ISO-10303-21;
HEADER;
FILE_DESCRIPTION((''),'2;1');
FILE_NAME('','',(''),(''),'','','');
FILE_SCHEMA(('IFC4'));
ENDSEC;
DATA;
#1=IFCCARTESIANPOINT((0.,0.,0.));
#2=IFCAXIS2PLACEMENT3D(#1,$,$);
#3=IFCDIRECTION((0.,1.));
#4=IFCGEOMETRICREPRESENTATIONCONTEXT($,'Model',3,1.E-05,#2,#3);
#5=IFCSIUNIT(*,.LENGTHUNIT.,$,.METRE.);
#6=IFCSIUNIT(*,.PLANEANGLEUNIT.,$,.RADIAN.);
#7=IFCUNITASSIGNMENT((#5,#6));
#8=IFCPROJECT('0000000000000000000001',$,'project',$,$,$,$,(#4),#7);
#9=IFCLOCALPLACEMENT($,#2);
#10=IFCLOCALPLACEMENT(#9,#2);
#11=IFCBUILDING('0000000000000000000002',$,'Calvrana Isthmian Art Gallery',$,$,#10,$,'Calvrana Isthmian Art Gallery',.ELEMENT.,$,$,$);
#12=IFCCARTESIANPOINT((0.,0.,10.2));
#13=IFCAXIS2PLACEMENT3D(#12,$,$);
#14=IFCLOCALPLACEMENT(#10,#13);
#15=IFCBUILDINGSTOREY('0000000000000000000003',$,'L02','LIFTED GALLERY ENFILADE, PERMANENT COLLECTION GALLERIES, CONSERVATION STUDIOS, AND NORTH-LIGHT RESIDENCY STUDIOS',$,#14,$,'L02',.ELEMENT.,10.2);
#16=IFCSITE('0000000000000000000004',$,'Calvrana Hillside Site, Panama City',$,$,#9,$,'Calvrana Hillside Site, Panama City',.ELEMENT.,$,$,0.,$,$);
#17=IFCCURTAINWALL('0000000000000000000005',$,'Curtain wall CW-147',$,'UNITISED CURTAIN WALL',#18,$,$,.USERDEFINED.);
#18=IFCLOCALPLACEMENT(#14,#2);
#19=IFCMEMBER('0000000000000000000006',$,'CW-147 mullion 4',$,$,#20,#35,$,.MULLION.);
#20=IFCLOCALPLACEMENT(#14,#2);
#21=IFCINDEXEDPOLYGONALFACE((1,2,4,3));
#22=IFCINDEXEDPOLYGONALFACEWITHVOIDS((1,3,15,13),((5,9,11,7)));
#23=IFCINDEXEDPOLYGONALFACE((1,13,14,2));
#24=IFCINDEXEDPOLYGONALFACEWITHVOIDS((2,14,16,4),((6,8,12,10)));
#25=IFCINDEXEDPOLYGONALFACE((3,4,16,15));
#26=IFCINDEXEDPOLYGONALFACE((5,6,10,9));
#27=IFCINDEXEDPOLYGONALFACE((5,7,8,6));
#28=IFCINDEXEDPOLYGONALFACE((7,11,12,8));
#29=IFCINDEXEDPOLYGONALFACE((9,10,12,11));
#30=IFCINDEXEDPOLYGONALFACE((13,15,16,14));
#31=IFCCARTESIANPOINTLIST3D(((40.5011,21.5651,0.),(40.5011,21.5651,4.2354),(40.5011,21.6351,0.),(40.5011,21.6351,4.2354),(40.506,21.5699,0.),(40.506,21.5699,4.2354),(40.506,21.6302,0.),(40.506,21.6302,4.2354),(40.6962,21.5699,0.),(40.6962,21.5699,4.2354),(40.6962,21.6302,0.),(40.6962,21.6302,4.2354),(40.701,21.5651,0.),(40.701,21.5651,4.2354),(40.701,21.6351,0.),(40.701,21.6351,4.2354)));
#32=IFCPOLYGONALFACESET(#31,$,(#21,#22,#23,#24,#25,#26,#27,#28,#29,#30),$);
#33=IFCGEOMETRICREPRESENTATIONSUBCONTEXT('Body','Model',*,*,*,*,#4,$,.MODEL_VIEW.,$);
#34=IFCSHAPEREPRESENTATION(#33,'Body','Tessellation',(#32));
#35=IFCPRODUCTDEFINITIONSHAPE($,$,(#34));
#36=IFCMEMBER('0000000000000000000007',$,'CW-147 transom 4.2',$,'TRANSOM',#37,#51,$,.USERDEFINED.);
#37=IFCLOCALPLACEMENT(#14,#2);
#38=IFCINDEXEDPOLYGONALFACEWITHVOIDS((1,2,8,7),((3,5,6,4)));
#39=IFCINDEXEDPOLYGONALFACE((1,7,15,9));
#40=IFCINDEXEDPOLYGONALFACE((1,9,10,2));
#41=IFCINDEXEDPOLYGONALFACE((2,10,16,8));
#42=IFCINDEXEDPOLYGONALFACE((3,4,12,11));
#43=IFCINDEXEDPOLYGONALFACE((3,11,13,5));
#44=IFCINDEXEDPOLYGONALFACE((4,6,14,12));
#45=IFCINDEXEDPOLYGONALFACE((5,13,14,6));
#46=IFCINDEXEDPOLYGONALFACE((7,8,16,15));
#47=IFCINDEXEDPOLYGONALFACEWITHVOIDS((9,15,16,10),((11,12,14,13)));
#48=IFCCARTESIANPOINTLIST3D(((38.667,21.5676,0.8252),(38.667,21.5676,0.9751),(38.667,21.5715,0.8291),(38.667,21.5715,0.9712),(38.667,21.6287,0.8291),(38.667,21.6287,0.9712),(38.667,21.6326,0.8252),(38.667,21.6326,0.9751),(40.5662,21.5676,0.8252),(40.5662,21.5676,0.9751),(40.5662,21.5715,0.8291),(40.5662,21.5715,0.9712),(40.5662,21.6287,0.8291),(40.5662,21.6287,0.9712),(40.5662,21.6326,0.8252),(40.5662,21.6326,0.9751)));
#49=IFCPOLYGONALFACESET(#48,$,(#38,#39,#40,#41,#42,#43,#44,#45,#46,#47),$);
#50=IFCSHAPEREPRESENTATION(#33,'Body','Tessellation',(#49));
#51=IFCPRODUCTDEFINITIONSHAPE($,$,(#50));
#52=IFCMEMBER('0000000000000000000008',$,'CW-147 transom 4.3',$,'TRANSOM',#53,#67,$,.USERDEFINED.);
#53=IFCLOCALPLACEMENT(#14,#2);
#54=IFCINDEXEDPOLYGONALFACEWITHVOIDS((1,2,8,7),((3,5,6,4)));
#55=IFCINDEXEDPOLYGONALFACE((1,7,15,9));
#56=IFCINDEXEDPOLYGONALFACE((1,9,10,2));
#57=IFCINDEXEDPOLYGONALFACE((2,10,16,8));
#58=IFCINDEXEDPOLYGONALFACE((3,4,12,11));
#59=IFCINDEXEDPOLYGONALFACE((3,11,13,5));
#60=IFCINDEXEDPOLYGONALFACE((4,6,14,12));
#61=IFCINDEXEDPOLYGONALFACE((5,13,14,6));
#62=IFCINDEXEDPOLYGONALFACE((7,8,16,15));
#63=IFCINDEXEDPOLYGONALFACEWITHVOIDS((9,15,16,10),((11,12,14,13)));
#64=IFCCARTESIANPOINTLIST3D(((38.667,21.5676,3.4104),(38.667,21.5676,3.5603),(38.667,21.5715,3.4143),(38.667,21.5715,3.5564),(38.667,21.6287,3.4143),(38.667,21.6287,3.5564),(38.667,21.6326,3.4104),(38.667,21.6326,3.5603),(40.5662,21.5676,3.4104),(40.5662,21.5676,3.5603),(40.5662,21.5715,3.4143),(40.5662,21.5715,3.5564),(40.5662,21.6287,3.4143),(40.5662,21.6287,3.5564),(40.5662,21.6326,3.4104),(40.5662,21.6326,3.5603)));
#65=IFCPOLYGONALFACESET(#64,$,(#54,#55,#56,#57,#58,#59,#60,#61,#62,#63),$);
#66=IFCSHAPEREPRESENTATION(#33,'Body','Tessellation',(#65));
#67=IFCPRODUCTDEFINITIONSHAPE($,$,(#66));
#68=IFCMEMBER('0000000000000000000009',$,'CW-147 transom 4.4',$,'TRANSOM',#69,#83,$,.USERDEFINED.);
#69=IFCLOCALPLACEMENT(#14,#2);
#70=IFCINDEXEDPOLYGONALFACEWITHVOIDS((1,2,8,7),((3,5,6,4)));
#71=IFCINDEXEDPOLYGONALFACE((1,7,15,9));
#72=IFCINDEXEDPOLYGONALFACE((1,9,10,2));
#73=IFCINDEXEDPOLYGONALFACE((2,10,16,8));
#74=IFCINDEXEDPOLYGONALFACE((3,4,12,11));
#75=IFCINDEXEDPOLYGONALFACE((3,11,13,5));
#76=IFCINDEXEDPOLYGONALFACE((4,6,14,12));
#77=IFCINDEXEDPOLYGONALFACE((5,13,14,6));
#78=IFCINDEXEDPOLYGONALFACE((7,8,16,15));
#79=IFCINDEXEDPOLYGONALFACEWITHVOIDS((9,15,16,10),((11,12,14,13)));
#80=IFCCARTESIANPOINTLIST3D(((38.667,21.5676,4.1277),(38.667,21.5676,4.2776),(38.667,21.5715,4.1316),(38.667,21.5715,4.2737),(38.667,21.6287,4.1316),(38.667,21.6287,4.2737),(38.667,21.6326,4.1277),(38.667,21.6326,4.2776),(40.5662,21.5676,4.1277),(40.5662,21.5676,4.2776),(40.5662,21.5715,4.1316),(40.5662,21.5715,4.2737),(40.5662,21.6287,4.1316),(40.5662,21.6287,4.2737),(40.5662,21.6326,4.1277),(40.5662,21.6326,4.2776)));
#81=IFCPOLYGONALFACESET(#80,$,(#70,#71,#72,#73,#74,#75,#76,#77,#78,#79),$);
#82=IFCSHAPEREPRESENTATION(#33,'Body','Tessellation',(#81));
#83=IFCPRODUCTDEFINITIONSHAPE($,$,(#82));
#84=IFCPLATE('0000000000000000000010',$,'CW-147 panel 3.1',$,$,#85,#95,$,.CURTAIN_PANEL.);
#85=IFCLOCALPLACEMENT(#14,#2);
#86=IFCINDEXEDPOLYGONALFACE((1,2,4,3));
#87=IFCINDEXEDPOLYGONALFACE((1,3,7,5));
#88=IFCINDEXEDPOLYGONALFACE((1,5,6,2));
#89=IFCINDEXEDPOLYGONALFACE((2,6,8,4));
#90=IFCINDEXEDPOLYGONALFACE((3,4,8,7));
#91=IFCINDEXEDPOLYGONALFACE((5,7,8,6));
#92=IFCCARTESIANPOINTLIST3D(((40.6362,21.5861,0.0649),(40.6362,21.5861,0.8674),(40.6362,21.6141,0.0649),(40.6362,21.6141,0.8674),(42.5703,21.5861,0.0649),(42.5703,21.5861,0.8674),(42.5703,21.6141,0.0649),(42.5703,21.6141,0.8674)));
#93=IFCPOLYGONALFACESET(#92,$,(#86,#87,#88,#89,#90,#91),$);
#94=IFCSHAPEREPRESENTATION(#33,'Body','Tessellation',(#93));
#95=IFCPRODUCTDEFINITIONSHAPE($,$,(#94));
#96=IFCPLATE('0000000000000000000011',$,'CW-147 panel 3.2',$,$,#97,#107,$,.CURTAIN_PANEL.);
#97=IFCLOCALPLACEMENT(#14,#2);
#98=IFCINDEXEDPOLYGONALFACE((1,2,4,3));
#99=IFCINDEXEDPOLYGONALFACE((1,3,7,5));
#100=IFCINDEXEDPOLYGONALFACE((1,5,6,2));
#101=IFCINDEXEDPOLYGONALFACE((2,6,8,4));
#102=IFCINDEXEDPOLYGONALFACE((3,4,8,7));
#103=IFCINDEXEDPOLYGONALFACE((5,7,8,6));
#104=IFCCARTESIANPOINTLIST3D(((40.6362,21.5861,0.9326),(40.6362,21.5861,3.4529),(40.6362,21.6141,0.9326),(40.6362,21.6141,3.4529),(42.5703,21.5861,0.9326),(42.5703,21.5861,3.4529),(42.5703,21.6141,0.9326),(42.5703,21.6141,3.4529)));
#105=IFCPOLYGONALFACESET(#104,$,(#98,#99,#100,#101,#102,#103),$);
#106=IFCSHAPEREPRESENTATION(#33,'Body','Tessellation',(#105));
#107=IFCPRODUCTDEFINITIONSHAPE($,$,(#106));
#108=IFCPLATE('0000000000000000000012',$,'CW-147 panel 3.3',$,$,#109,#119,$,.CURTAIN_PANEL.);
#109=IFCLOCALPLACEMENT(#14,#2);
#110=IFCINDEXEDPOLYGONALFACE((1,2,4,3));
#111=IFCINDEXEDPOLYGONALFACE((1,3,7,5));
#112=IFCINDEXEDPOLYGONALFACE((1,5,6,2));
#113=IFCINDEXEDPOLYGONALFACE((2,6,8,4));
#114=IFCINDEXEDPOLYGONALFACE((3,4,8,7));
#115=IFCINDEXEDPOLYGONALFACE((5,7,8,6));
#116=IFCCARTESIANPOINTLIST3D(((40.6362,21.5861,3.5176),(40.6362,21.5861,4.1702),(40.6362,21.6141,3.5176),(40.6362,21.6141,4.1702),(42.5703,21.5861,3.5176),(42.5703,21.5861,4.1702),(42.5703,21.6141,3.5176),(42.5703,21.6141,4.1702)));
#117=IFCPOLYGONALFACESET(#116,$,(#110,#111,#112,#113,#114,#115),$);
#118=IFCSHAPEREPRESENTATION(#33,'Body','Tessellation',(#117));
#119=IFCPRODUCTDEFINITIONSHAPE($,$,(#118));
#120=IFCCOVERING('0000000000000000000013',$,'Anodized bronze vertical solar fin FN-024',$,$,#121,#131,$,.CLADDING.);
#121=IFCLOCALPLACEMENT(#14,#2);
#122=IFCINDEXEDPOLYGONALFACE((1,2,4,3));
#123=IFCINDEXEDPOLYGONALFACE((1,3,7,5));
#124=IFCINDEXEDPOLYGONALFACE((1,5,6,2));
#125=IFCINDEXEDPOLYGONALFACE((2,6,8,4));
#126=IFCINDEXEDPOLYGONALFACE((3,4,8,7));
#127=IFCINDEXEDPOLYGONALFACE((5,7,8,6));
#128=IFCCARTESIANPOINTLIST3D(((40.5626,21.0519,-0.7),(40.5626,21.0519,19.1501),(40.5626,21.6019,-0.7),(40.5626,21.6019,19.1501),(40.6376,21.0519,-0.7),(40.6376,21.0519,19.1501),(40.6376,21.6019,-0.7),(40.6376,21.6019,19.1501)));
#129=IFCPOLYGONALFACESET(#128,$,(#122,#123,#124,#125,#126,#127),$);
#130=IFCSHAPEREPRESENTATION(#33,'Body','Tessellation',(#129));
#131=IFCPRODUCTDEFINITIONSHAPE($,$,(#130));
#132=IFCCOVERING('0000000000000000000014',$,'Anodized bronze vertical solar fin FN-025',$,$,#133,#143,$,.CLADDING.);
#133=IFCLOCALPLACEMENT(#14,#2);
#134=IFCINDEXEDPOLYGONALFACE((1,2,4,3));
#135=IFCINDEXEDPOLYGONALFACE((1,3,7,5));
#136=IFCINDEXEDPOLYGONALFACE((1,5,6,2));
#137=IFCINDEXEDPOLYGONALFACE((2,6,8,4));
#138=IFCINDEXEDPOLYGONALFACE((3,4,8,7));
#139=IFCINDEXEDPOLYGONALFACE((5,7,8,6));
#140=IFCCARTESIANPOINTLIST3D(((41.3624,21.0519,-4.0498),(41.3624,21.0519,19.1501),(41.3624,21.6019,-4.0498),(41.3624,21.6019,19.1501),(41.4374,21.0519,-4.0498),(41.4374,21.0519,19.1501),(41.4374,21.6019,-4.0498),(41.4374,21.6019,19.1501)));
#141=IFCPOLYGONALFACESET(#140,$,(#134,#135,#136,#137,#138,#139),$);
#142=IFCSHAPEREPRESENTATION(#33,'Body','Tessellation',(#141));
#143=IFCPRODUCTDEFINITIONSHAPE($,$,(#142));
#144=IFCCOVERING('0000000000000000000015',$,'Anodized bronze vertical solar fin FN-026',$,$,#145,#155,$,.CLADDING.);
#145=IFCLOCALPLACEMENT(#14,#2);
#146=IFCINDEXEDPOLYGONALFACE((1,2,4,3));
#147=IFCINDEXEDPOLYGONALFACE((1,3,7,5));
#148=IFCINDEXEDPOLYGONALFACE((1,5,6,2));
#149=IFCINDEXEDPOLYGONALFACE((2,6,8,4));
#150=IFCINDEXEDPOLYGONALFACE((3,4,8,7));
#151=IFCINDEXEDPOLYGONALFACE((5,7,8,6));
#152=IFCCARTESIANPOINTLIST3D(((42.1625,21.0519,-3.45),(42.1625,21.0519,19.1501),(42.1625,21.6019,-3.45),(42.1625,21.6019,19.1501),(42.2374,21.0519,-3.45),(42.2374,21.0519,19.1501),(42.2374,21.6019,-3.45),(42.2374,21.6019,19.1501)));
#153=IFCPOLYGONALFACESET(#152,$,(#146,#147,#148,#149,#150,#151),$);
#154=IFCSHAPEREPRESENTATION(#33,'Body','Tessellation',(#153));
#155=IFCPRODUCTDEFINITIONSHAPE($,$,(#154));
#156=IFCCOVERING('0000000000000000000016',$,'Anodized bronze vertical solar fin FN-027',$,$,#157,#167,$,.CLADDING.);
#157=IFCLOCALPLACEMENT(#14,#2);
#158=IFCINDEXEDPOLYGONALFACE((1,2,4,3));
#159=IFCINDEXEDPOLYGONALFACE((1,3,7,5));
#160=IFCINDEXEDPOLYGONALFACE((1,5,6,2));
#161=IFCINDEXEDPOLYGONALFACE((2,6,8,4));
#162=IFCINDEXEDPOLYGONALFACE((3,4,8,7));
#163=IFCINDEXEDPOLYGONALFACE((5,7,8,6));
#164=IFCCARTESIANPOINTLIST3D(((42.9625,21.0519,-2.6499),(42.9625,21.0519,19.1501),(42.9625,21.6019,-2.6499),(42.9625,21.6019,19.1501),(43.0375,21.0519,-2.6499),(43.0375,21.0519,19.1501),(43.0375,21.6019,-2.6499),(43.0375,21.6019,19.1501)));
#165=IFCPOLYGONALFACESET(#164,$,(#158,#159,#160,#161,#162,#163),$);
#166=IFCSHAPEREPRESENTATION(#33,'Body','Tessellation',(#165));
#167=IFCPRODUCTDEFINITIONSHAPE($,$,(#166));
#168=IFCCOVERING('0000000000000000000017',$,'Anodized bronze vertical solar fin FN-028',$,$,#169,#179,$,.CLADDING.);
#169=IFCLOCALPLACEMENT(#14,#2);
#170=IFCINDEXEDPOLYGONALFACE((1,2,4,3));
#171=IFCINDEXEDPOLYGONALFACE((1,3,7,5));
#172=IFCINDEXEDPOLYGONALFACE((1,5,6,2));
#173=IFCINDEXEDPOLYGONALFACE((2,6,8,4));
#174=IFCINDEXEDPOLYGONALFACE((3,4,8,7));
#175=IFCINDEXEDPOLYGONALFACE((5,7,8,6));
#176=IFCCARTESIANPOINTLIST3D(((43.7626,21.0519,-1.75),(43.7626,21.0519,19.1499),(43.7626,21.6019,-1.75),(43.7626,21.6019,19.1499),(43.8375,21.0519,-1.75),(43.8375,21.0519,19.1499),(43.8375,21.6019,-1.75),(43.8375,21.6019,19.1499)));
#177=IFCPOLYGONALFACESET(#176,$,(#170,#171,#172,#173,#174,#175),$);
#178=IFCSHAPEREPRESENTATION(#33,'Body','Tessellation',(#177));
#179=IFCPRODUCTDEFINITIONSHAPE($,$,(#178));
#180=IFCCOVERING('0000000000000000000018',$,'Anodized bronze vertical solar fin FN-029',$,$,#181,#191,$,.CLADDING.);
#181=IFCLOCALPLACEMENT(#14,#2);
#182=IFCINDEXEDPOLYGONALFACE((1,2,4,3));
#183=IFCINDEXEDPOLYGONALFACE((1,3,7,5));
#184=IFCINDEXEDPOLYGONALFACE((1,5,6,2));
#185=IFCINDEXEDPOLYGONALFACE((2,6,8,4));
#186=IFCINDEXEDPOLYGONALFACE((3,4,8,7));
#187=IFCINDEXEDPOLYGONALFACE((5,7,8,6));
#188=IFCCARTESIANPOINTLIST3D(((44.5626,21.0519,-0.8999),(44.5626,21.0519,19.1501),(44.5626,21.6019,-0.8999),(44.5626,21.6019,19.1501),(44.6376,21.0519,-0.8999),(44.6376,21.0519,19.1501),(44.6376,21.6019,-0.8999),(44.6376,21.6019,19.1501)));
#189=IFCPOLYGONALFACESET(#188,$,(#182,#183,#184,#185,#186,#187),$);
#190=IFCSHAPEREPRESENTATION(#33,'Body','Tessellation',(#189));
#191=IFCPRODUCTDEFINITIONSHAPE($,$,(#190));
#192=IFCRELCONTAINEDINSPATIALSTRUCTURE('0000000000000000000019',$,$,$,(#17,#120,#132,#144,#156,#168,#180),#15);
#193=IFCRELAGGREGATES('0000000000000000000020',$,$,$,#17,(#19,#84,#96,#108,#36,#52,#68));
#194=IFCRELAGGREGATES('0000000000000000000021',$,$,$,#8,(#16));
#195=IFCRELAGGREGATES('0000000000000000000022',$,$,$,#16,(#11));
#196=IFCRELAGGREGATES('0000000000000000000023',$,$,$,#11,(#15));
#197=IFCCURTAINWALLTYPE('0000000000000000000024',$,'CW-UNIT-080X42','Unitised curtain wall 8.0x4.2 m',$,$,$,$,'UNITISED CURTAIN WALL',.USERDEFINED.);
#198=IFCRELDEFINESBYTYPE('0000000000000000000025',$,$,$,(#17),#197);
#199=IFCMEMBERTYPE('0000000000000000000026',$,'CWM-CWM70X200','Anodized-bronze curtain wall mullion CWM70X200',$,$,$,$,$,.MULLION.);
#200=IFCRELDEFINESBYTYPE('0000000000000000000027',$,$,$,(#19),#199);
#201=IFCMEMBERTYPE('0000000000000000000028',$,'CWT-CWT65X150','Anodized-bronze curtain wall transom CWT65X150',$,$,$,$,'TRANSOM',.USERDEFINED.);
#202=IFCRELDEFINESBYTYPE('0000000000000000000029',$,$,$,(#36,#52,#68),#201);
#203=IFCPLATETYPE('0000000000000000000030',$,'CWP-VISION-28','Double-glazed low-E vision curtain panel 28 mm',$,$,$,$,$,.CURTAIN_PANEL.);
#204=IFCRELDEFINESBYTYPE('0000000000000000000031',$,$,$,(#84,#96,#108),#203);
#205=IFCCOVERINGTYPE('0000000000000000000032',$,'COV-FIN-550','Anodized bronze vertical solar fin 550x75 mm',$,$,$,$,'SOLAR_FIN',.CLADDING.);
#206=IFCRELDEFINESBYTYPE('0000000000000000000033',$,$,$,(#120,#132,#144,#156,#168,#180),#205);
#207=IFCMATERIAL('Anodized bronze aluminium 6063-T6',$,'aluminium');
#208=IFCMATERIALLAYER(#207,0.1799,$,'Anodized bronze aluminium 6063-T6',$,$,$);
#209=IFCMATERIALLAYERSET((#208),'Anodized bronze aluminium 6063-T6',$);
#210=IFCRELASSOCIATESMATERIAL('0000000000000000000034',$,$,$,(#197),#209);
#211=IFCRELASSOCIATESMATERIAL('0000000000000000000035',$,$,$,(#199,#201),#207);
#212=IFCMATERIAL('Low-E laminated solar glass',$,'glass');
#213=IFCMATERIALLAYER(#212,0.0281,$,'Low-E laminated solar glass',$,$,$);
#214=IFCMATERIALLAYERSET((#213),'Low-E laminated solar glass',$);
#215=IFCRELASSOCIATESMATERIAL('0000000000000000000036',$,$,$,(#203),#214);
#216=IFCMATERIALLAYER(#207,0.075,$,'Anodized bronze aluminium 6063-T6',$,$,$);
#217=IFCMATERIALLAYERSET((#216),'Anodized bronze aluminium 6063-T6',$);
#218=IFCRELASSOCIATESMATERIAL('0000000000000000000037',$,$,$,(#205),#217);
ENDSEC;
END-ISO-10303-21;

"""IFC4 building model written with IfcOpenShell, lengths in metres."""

from ifc_helpers import new_model, si_unit, direction, frame, origin, origin_2d, place, context, subcontext, project, spatial, rectangle, hollow_rectangle, extrude, material, layer, layer_set, material_profile, profile_set, type_object, element, aggregate, save


model = new_model("IFC4")

# Units and contexts
model_context = context("Model", 3, precision=1e-05, world=origin(), true_north=direction((0.0, 1.0)))
body_context = subcontext(model_context, "Body", "Model", "MODEL_VIEW")
ifc_project = project(units=[si_unit("LENGTHUNIT", "METRE"), si_unit("PLANEANGLEUNIT", "RADIAN")], contexts=[model_context])

# Site, building, storey
site_placement = place(None, origin())
site = spatial("IfcSite", under=ifc_project, at=site_placement, Name="Calvrana Hillside Site, Panama City", LongName="Calvrana Hillside Site, Panama City", CompositionType="ELEMENT", RefElevation=0.0)
building_placement = place(site_placement, origin())
building = spatial("IfcBuilding", under=site, at=building_placement, Name="Calvrana Isthmian Art Gallery", LongName="Calvrana Isthmian Art Gallery", CompositionType="ELEMENT")
storey_placement = place(building_placement, frame((0.0, 0.0, 10.2)))
storey = spatial("IfcBuildingStorey", under=building, at=storey_placement, Name="L02", Description="LIFTED GALLERY ENFILADE, PERMANENT COLLECTION GALLERIES, CONSERVATION STUDIOS, AND NORTH-LIGHT RESIDENCY STUDIOS", LongName="L02", CompositionType="ELEMENT", Elevation=10.2)

# Curtain wall, members, plates
ifc_material_1 = material(Name="Anodized bronze aluminium 6063-T6", Category="aluminium")
ifc_layer_1 = layer(ifc_material_1, 0.1799, Name="Anodized bronze aluminium 6063-T6")
ifc_layer_set_1 = layer_set([ifc_layer_1], Name="Anodized bronze aluminium 6063-T6")
curtain_wall_type = type_object("IfcCurtainWallType", Name="CW-UNIT-080X42", Description="Unitised curtain wall 8.0x4.2 m", ElementType="UNITISED CURTAIN WALL", PredefinedType="USERDEFINED", material=ifc_layer_set_1)
curtain_wall_placement = place(storey_placement, origin())
curtain_wall = element("IfcCurtainWall", 1, at=curtain_wall_placement, inside=storey, type_object=curtain_wall_type, Name="Curtain wall CW-147", ObjectType="UNITISED CURTAIN WALL", PredefinedType="USERDEFINED")
ifc_material_profile_1 = material_profile(ifc_material_1, hollow_rectangle(XDim=0.0701, YDim=0.2, WallThickness=0.0049, at=origin_2d()), Name="CWM70X200")
ifc_profile_set_1 = profile_set([ifc_material_profile_1], Name="Anodized bronze aluminium 6063-T6")
member_type_1 = type_object("IfcMemberType", Name="CWM-CWM70X200", Description="Anodized-bronze curtain wall mullion CWM70X200", PredefinedType="MULLION", material=ifc_profile_set_1)
member_1_placement = place(storey_placement, frame((40.6011, 21.6001, 0.0), z_axis=(0.0, 0.0, 1.0), x_axis=(0.0, -1.0, 0.0)))
member_1 = element("IfcMember", 2, at=member_1_placement, type_object=member_type_1, Name="CW-147 mullion 4", PredefinedType="MULLION", context=body_context, shape_type="SweptSolid", body=[
    extrude(hollow_rectangle(XDim=0.0701, YDim=0.2, WallThickness=0.0049, at=origin_2d()), origin(), (0.0, 0.0, 1.0), 4.2354),
])
ifc_material_profile_2 = material_profile(ifc_material_1, hollow_rectangle(XDim=0.0649, YDim=0.1499, WallThickness=0.0039, at=origin_2d()), Name="CWT65X150")
ifc_profile_set_2 = profile_set([ifc_material_profile_2], Name="Anodized bronze aluminium 6063-T6")
member_type_2 = type_object("IfcMemberType", Name="CWT-CWT65X150", Description="Anodized-bronze curtain wall transom CWT65X150", ElementType="TRANSOM", PredefinedType="USERDEFINED", material=ifc_profile_set_2)
member_2_placement = place(storey_placement, frame((40.5662, 21.6001, 0.9001), z_axis=(-1.0, 0.0, 0.0), x_axis=(0.0, -1.0, 0.0)))
member_2 = element("IfcMember", 3, at=member_2_placement, type_object=member_type_2, Name="CW-147 transom 4.2", ObjectType="TRANSOM", PredefinedType="USERDEFINED", context=body_context, shape_type="SweptSolid", body=[
    extrude(hollow_rectangle(XDim=0.0649, YDim=0.1499, WallThickness=0.0039, at=origin_2d()), origin(), (0.0, 0.0, 1.0), 1.8992),
])
member_3_placement = place(storey_placement, frame((40.5662, 21.6001, 3.4854), z_axis=(-1.0, 0.0, 0.0), x_axis=(0.0, -1.0, 0.0)))
member_3 = element("IfcMember", 4, at=member_3_placement, type_object=member_type_2, Name="CW-147 transom 4.3", ObjectType="TRANSOM", PredefinedType="USERDEFINED", context=body_context, shape_type="SweptSolid", body=[
    extrude(hollow_rectangle(XDim=0.0649, YDim=0.1499, WallThickness=0.0039, at=origin_2d()), origin(), (0.0, 0.0, 1.0), 1.8992),
])
member_4_placement = place(storey_placement, frame((40.5662, 21.6001, 4.2026), z_axis=(-1.0, 0.0, 0.0), x_axis=(0.0, -1.0, 0.0)))
member_4 = element("IfcMember", 5, at=member_4_placement, type_object=member_type_2, Name="CW-147 transom 4.4", ObjectType="TRANSOM", PredefinedType="USERDEFINED", context=body_context, shape_type="SweptSolid", body=[
    extrude(hollow_rectangle(XDim=0.0649, YDim=0.1499, WallThickness=0.0039, at=origin_2d()), origin(), (0.0, 0.0, 1.0), 1.8992),
])
ifc_material_2 = material(Name="Low-E laminated solar glass", Category="glass")
ifc_layer_2 = layer(ifc_material_2, 0.0281, Name="Low-E laminated solar glass")
ifc_layer_set_2 = layer_set([ifc_layer_2], Name="Low-E laminated solar glass")
plate_type = type_object("IfcPlateType", Name="CWP-VISION-28", Description="Double-glazed low-E vision curtain panel 28 mm", PredefinedType="CURTAIN_PANEL", material=ifc_layer_set_2)
plate_1_placement = place(storey_placement, frame((41.6033, 21.6001, 0.0649), z_axis=(0.0, 0.0, 1.0), x_axis=(-1.0, 0.0, 0.0)))
plate_1 = element("IfcPlate", 6, at=plate_1_placement, type_object=plate_type, Name="CW-147 panel 3.1", PredefinedType="CURTAIN_PANEL", context=body_context, shape_type="SweptSolid", body=[
    extrude(rectangle(XDim=1.9341, YDim=0.0281, at=origin_2d()), origin(), (0.0, 0.0, 1.0), 0.8025),
])
plate_2_placement = place(storey_placement, frame((41.6033, 21.6001, 0.9326), z_axis=(0.0, 0.0, 1.0), x_axis=(-1.0, 0.0, 0.0)))
plate_2 = element("IfcPlate", 7, at=plate_2_placement, type_object=plate_type, Name="CW-147 panel 3.2", PredefinedType="CURTAIN_PANEL", context=body_context, shape_type="SweptSolid", body=[
    extrude(rectangle(XDim=1.9341, YDim=0.0281, at=origin_2d()), origin(), (0.0, 0.0, 1.0), 2.5203),
])
plate_3_placement = place(storey_placement, frame((41.6033, 21.6001, 3.5176), z_axis=(0.0, 0.0, 1.0), x_axis=(-1.0, 0.0, 0.0)))
plate_3 = element("IfcPlate", 8, at=plate_3_placement, type_object=plate_type, Name="CW-147 panel 3.3", PredefinedType="CURTAIN_PANEL", context=body_context, shape_type="SweptSolid", body=[
    extrude(rectangle(XDim=1.9341, YDim=0.0281, at=origin_2d()), origin(), (0.0, 0.0, 1.0), 0.6526),
])
aggregate(curtain_wall, [member_1, plate_1, plate_2, plate_3, member_2, member_3, member_4])

# Coverings
ifc_layer_3 = layer(ifc_material_1, 0.075, Name="Anodized bronze aluminium 6063-T6")
ifc_layer_set_3 = layer_set([ifc_layer_3], Name="Anodized bronze aluminium 6063-T6")
covering_type = type_object("IfcCoveringType", Name="COV-FIN-550", Description="Anodized bronze vertical solar fin 550x75 mm", ElementType="SOLAR_FIN", PredefinedType="CLADDING", material=ifc_layer_set_3)
covering_1_placement = place(storey_placement, frame((40.6001, 21.3269, -0.7), z_axis=(0.0, 0.0, 1.0), x_axis=(1.0, 0.0, 0.0)))
element("IfcCovering", 9, at=covering_1_placement, inside=storey, type_object=covering_type, Name="Anodized bronze vertical solar fin FN-024", PredefinedType="CLADDING", context=body_context, shape_type="SweptSolid", body=[
    extrude(rectangle(XDim=0.075, YDim=0.55, at=origin_2d()), origin(), (0.0, 0.0, 1.0), 19.8501),
])
covering_2_placement = place(storey_placement, frame((41.3999, 21.3269, -4.0498), z_axis=(0.0, 0.0, 1.0), x_axis=(1.0, 0.0, 0.0)))
element("IfcCovering", 10, at=covering_2_placement, inside=storey, type_object=covering_type, Name="Anodized bronze vertical solar fin FN-025", PredefinedType="CLADDING", context=body_context, shape_type="SweptSolid", body=[
    extrude(rectangle(XDim=0.075, YDim=0.55, at=origin_2d()), origin(), (0.0, 0.0, 1.0), 23.2),
])
covering_3_placement = place(storey_placement, frame((42.2, 21.3269, -3.45), z_axis=(0.0, 0.0, 1.0), x_axis=(1.0, 0.0, 0.0)))
element("IfcCovering", 11, at=covering_3_placement, inside=storey, type_object=covering_type, Name="Anodized bronze vertical solar fin FN-026", PredefinedType="CLADDING", context=body_context, shape_type="SweptSolid", body=[
    extrude(rectangle(XDim=0.075, YDim=0.55, at=origin_2d()), origin(), (0.0, 0.0, 1.0), 22.6001),
])
covering_4_placement = place(storey_placement, frame((43.0, 21.3269, -2.6499), z_axis=(0.0, 0.0, 1.0), x_axis=(1.0, 0.0, 0.0)))
element("IfcCovering", 12, at=covering_4_placement, inside=storey, type_object=covering_type, Name="Anodized bronze vertical solar fin FN-027", PredefinedType="CLADDING", context=body_context, shape_type="SweptSolid", body=[
    extrude(rectangle(XDim=0.075, YDim=0.55, at=origin_2d()), origin(), (0.0, 0.0, 1.0), 21.8),
])
covering_5_placement = place(storey_placement, frame((43.8, 21.3269, -1.75), z_axis=(0.0, 0.0, 1.0), x_axis=(1.0, 0.0, 0.0)))
element("IfcCovering", 13, at=covering_5_placement, inside=storey, type_object=covering_type, Name="Anodized bronze vertical solar fin FN-028", PredefinedType="CLADDING", context=body_context, shape_type="SweptSolid", body=[
    extrude(rectangle(XDim=0.075, YDim=0.55, at=origin_2d()), origin(), (0.0, 0.0, 1.0), 20.8999),
])
covering_6_placement = place(storey_placement, frame((44.6001, 21.3269, -0.8999), z_axis=(0.0, 0.0, 1.0), x_axis=(1.0, 0.0, 0.0)))
element("IfcCovering", 14, at=covering_6_placement, inside=storey, type_object=covering_type, Name="Anodized bronze vertical solar fin FN-029", PredefinedType="CLADDING", context=body_context, shape_type="SweptSolid", body=[
    extrude(rectangle(XDim=0.075, YDim=0.55, at=origin_2d()), origin(), (0.0, 0.0, 1.0), 20.05),
])

save(model, "model.ifc")
